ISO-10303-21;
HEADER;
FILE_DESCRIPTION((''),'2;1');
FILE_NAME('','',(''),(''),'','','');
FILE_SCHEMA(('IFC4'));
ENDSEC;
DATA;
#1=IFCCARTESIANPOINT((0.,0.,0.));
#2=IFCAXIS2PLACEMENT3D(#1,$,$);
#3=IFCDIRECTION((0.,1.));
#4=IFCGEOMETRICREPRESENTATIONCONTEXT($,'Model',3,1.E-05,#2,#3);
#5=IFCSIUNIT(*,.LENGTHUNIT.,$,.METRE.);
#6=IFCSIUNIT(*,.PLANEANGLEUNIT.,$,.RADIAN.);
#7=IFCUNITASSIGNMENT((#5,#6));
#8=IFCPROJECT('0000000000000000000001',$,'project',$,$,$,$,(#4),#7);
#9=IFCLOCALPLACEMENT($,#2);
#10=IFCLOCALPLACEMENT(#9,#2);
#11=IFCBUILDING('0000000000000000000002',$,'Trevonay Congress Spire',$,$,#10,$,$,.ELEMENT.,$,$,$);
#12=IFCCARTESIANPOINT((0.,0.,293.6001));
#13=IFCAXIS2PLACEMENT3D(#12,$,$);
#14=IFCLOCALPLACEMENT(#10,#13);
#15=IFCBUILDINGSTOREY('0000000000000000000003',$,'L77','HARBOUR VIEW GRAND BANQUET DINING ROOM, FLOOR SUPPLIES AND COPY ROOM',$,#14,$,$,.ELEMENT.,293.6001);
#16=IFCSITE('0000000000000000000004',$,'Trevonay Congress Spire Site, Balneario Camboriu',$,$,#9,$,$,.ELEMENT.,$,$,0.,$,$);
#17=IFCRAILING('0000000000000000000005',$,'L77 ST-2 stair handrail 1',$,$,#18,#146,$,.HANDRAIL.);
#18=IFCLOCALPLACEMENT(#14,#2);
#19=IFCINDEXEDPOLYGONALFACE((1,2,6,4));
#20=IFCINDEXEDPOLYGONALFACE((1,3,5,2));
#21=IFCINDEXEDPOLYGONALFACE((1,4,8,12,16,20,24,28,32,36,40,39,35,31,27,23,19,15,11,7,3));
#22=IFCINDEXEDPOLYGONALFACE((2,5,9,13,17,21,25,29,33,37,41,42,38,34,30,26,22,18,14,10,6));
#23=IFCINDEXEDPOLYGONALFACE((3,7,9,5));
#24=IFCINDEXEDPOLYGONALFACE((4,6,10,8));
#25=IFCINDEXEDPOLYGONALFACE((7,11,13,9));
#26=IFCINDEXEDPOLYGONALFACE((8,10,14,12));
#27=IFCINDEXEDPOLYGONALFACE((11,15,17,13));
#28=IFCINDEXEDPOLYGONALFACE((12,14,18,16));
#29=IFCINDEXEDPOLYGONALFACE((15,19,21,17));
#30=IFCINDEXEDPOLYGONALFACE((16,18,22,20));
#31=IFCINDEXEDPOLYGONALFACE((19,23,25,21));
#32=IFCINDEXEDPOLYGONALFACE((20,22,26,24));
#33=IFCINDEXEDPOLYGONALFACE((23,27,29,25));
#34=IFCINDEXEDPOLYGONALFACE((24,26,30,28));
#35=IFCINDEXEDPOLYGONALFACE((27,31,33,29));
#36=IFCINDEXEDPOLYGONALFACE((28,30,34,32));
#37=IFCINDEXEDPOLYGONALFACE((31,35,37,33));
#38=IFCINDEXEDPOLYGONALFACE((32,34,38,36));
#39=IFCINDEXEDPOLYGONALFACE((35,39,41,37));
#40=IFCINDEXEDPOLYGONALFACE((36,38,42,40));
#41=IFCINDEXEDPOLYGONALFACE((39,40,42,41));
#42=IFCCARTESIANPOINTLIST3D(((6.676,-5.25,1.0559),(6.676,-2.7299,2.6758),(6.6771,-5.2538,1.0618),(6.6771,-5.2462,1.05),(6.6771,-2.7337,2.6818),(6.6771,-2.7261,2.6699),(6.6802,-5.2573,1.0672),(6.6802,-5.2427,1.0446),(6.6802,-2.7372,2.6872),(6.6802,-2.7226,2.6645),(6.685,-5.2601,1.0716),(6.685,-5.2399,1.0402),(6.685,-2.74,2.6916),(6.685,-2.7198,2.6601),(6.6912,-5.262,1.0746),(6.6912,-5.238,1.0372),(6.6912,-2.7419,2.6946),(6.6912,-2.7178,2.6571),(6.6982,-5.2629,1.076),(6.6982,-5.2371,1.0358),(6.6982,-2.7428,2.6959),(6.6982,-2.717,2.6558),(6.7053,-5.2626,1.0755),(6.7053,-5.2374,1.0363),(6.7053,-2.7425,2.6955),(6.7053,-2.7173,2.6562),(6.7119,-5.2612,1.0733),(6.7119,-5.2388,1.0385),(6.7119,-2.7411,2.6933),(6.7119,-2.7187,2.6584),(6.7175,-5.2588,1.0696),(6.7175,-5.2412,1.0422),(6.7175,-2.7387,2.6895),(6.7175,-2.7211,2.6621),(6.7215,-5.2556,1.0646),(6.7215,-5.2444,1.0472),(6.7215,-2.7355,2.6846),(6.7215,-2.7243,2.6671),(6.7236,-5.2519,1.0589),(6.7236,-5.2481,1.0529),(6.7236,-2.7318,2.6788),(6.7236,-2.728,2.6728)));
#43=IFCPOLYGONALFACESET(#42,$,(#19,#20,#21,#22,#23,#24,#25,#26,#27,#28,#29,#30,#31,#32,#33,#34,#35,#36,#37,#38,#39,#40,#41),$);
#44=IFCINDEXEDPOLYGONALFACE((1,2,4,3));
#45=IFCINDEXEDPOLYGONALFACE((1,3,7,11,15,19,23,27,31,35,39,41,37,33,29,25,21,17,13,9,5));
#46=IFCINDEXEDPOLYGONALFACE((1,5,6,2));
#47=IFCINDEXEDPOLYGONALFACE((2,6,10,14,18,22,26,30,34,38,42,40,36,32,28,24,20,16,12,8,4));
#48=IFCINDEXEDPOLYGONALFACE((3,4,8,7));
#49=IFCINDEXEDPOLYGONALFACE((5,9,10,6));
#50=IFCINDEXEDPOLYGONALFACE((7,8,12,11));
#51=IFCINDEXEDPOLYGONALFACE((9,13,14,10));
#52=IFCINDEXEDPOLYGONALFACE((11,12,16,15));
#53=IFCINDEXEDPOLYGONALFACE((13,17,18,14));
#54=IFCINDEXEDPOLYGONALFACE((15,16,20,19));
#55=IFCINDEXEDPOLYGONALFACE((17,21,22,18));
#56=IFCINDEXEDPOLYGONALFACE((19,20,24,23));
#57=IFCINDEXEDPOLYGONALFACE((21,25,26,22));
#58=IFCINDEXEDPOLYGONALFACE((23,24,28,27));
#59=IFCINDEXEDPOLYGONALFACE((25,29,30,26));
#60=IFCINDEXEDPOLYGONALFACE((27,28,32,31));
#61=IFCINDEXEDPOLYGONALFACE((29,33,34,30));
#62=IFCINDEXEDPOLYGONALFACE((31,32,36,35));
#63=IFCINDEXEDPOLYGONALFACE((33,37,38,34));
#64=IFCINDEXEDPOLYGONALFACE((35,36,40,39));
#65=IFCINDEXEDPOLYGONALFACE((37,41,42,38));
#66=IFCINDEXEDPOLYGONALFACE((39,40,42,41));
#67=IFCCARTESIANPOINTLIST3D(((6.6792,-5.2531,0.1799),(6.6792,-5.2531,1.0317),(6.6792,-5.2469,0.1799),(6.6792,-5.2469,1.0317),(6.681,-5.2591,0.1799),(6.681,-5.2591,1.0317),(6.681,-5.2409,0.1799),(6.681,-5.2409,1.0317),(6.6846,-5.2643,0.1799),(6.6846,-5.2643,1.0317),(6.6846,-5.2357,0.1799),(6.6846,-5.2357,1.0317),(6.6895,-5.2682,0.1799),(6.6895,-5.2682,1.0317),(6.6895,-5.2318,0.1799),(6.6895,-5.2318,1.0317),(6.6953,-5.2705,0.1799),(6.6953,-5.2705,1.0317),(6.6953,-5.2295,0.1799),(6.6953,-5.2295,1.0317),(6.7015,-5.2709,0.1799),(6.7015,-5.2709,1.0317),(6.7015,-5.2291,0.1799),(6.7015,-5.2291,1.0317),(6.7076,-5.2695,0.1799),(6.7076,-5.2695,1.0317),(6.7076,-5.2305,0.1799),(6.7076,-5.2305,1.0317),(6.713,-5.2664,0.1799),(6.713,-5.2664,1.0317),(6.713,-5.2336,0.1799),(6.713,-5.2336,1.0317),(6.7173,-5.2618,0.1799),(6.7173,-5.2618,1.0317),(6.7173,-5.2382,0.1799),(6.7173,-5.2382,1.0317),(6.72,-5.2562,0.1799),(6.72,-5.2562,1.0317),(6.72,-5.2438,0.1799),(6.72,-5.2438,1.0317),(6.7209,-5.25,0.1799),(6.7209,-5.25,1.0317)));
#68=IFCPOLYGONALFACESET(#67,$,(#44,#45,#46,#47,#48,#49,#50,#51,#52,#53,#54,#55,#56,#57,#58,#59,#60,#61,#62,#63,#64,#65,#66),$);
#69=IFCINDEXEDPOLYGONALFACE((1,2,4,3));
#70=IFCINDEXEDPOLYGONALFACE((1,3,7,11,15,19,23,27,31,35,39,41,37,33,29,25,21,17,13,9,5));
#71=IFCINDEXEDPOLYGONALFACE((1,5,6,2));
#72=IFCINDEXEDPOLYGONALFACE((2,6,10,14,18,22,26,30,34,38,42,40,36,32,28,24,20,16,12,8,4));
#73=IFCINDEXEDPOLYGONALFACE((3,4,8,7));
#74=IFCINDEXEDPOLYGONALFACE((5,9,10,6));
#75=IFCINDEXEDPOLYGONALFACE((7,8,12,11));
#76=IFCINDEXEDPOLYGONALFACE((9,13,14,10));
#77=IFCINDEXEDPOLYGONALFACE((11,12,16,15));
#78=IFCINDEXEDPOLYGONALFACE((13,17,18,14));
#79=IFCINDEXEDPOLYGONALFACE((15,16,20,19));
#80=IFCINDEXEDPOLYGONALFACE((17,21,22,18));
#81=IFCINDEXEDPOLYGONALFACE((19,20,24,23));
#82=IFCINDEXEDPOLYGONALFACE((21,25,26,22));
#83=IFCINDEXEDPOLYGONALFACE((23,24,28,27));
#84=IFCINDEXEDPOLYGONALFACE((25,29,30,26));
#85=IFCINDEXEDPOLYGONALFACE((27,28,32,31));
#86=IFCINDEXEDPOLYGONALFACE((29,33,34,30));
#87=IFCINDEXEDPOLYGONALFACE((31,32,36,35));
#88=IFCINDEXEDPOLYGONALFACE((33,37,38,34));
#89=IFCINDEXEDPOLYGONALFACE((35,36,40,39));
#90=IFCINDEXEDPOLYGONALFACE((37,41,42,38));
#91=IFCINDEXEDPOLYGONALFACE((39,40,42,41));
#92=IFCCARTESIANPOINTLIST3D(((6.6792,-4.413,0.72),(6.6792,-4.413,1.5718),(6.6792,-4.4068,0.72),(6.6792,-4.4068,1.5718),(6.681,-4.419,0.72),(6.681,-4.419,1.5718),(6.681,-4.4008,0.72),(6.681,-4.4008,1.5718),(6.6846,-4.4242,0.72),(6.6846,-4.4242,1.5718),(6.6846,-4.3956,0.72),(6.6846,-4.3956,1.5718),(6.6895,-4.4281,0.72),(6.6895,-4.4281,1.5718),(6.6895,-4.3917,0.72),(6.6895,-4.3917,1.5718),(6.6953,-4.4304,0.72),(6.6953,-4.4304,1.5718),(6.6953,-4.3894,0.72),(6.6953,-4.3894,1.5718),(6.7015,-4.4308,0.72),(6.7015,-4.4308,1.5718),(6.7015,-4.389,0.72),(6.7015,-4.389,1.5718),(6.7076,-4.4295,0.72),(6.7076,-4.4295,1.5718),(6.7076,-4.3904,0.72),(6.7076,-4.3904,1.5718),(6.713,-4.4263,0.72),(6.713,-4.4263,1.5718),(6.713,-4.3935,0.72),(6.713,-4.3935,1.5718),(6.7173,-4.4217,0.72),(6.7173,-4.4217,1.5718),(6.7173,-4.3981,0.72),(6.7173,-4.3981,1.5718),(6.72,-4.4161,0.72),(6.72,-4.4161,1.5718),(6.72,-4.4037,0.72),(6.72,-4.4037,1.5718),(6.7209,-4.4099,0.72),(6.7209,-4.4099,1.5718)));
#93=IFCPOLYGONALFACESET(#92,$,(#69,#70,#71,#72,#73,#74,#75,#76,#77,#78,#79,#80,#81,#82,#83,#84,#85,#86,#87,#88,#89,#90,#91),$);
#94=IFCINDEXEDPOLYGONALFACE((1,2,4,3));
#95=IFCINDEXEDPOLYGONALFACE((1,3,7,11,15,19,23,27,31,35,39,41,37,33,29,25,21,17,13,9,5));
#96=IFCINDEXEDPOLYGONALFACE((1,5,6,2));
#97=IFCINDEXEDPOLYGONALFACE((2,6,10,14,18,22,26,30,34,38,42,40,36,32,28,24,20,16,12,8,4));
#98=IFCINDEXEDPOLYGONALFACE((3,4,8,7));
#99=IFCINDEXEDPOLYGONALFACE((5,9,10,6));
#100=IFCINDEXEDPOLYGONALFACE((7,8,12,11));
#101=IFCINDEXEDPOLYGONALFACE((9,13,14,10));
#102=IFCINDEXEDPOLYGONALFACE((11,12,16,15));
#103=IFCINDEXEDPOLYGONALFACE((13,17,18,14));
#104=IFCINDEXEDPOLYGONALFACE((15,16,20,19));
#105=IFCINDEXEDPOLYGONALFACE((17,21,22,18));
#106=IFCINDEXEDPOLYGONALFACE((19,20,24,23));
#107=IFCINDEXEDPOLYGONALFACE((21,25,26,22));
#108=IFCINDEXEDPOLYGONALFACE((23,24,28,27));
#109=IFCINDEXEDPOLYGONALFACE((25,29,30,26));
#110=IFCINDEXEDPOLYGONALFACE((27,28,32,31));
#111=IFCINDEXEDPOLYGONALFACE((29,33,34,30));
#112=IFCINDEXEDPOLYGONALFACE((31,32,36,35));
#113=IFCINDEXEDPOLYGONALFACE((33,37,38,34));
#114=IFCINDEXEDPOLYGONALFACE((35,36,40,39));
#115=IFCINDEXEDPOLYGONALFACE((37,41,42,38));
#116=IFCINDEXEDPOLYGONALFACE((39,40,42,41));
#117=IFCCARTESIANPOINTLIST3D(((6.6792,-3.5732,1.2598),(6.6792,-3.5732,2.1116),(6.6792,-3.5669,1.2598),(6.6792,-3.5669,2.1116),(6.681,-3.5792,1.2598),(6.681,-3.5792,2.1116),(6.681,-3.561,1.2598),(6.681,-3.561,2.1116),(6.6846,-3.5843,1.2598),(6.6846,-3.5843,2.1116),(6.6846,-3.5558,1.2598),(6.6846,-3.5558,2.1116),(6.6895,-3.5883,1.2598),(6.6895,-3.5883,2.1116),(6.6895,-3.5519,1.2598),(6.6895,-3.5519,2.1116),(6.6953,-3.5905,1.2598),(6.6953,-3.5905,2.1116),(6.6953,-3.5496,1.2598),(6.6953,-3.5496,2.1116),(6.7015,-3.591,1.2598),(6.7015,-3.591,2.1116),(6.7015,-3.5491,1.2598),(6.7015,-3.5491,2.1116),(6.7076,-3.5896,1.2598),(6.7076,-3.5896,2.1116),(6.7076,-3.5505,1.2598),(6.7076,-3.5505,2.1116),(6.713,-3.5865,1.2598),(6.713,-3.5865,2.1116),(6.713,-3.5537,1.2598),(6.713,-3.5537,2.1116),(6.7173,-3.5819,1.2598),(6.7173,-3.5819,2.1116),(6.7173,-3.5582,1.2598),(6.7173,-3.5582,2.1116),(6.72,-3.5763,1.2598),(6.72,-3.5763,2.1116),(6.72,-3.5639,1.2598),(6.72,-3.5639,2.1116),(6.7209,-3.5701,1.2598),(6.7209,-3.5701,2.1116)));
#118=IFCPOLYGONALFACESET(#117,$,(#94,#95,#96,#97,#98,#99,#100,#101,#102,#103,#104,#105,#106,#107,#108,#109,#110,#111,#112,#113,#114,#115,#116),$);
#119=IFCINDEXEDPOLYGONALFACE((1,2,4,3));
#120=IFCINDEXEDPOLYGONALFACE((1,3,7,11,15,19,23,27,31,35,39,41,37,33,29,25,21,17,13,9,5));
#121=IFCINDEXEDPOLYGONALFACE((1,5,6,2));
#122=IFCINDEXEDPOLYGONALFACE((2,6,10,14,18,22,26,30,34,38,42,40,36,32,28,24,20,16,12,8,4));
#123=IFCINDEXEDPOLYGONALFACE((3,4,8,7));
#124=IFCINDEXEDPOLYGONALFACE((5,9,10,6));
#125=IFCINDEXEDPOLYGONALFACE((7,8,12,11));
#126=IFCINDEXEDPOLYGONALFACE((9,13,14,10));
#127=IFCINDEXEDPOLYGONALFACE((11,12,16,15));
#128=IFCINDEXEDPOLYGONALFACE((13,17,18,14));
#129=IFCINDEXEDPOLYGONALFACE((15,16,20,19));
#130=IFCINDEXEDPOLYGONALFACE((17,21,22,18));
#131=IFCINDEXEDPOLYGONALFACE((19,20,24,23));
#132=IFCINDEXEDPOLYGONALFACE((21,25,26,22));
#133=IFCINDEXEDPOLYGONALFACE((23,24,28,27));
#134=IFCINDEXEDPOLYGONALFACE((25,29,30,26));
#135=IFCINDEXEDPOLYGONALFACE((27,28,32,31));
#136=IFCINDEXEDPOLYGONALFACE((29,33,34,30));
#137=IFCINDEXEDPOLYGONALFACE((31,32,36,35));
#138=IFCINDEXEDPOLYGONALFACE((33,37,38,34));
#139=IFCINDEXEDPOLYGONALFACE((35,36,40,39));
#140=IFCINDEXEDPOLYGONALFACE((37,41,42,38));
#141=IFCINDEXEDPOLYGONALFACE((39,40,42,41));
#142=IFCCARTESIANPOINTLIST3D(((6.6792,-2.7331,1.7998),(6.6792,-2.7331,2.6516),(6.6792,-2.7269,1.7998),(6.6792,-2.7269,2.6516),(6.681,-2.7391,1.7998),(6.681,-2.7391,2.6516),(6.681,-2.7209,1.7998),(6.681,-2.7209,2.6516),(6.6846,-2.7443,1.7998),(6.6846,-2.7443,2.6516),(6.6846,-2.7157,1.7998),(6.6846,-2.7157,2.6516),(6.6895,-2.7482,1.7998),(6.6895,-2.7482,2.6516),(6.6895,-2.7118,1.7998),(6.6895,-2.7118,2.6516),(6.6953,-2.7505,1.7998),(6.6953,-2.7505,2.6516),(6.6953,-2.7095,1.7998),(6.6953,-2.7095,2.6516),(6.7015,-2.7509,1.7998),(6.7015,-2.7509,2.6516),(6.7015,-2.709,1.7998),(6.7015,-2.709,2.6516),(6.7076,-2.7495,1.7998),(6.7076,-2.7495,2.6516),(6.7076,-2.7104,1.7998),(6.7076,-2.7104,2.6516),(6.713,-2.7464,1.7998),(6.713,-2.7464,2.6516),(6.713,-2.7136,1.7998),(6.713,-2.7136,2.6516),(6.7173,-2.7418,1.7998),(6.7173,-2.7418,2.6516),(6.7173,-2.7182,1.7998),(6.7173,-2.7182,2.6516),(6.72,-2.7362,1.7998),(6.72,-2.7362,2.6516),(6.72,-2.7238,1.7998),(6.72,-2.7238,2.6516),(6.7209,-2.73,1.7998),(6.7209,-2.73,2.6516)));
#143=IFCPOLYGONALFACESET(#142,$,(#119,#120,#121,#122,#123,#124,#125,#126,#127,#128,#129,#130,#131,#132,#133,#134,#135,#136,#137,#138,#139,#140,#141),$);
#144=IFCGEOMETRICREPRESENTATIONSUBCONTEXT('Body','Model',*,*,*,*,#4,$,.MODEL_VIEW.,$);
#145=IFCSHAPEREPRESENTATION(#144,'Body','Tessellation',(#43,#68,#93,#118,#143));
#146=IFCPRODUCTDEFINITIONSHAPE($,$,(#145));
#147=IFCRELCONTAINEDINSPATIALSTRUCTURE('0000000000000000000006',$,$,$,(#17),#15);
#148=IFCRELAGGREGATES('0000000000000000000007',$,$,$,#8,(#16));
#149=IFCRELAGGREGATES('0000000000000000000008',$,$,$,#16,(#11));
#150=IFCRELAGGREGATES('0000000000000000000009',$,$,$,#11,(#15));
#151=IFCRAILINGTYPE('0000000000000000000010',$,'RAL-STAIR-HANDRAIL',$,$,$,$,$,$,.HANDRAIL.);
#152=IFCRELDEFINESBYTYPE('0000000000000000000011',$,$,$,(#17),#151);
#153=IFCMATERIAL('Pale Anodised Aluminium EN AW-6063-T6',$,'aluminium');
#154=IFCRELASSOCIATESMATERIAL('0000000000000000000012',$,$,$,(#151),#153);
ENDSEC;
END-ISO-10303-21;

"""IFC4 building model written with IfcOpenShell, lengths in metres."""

from ifc_helpers import new_model, si_unit, direction, frame, origin, origin_2d, place, context, subcontext, project, spatial, circle, extrude, material, type_object, element, save


model = new_model("IFC4")

# Units and contexts
model_context = context("Model", 3, precision=1e-05, world=origin(), true_north=direction((0.0, 1.0)))
body_context = subcontext(model_context, "Body", "Model", "MODEL_VIEW")
ifc_project = project(units=[si_unit("LENGTHUNIT", "METRE"), si_unit("PLANEANGLEUNIT", "RADIAN")], contexts=[model_context])

# Site, building, storey
site_placement = place(None, origin())
site = spatial("IfcSite", under=ifc_project, at=site_placement, Name="Trevonay Congress Spire Site, Balneario Camboriu", CompositionType="ELEMENT", RefElevation=0.0)
building_placement = place(site_placement, origin())
building = spatial("IfcBuilding", under=site, at=building_placement, Name="Trevonay Congress Spire", CompositionType="ELEMENT")
storey_placement = place(building_placement, frame((0.0, 0.0, 293.6001)))
storey = spatial("IfcBuildingStorey", under=building, at=storey_placement, Name="L77", Description="HARBOUR VIEW GRAND BANQUET DINING ROOM, FLOOR SUPPLIES AND COPY ROOM", CompositionType="ELEMENT", Elevation=293.6001)

# Shared definitions
ifc_material_1 = material(Name="Pale Anodised Aluminium EN AW-6063-T6", Category="aluminium")

# Railing
railing_type_1 = type_object("IfcRailingType", Name="RAL-STAIR-HANDRAIL", PredefinedType="HANDRAIL", material=ifc_material_1)
railing_1_placement = place(storey_placement, frame((6.7, -5.25, 0.1799)))
element("IfcRailing", 1, at=railing_1_placement, inside=storey, type_object=railing_type_1, Name="L77 ST-2 stair handrail 1", PredefinedType="HANDRAIL", context=body_context, shape_type="SweptSolid", body=[
    extrude(circle(Radius=0.0239, at=origin_2d()), frame((0.0, 0.0, 0.876), z_axis=(0.0, 0.8412, 0.540725), x_axis=(-1.0, 0.0, 0.0)), (0.0, 0.0, 1.0), 2.9958),
    extrude(circle(Radius=0.021, at=origin_2d()), origin(), (0.0, 0.0, 1.0), 0.8518),
    extrude(circle(Radius=0.021, at=origin_2d()), frame((0.0, 0.8401, 0.54)), (0.0, 0.0, 1.0), 0.8518),
    extrude(circle(Radius=0.021, at=origin_2d()), frame((0.0, 1.6799, 1.0798)), (0.0, 0.0, 1.0), 0.8518),
    extrude(circle(Radius=0.021, at=origin_2d()), frame((0.0, 2.52, 1.6199)), (0.0, 0.0, 1.0), 0.8518),
])

save(model, "model.ifc")
